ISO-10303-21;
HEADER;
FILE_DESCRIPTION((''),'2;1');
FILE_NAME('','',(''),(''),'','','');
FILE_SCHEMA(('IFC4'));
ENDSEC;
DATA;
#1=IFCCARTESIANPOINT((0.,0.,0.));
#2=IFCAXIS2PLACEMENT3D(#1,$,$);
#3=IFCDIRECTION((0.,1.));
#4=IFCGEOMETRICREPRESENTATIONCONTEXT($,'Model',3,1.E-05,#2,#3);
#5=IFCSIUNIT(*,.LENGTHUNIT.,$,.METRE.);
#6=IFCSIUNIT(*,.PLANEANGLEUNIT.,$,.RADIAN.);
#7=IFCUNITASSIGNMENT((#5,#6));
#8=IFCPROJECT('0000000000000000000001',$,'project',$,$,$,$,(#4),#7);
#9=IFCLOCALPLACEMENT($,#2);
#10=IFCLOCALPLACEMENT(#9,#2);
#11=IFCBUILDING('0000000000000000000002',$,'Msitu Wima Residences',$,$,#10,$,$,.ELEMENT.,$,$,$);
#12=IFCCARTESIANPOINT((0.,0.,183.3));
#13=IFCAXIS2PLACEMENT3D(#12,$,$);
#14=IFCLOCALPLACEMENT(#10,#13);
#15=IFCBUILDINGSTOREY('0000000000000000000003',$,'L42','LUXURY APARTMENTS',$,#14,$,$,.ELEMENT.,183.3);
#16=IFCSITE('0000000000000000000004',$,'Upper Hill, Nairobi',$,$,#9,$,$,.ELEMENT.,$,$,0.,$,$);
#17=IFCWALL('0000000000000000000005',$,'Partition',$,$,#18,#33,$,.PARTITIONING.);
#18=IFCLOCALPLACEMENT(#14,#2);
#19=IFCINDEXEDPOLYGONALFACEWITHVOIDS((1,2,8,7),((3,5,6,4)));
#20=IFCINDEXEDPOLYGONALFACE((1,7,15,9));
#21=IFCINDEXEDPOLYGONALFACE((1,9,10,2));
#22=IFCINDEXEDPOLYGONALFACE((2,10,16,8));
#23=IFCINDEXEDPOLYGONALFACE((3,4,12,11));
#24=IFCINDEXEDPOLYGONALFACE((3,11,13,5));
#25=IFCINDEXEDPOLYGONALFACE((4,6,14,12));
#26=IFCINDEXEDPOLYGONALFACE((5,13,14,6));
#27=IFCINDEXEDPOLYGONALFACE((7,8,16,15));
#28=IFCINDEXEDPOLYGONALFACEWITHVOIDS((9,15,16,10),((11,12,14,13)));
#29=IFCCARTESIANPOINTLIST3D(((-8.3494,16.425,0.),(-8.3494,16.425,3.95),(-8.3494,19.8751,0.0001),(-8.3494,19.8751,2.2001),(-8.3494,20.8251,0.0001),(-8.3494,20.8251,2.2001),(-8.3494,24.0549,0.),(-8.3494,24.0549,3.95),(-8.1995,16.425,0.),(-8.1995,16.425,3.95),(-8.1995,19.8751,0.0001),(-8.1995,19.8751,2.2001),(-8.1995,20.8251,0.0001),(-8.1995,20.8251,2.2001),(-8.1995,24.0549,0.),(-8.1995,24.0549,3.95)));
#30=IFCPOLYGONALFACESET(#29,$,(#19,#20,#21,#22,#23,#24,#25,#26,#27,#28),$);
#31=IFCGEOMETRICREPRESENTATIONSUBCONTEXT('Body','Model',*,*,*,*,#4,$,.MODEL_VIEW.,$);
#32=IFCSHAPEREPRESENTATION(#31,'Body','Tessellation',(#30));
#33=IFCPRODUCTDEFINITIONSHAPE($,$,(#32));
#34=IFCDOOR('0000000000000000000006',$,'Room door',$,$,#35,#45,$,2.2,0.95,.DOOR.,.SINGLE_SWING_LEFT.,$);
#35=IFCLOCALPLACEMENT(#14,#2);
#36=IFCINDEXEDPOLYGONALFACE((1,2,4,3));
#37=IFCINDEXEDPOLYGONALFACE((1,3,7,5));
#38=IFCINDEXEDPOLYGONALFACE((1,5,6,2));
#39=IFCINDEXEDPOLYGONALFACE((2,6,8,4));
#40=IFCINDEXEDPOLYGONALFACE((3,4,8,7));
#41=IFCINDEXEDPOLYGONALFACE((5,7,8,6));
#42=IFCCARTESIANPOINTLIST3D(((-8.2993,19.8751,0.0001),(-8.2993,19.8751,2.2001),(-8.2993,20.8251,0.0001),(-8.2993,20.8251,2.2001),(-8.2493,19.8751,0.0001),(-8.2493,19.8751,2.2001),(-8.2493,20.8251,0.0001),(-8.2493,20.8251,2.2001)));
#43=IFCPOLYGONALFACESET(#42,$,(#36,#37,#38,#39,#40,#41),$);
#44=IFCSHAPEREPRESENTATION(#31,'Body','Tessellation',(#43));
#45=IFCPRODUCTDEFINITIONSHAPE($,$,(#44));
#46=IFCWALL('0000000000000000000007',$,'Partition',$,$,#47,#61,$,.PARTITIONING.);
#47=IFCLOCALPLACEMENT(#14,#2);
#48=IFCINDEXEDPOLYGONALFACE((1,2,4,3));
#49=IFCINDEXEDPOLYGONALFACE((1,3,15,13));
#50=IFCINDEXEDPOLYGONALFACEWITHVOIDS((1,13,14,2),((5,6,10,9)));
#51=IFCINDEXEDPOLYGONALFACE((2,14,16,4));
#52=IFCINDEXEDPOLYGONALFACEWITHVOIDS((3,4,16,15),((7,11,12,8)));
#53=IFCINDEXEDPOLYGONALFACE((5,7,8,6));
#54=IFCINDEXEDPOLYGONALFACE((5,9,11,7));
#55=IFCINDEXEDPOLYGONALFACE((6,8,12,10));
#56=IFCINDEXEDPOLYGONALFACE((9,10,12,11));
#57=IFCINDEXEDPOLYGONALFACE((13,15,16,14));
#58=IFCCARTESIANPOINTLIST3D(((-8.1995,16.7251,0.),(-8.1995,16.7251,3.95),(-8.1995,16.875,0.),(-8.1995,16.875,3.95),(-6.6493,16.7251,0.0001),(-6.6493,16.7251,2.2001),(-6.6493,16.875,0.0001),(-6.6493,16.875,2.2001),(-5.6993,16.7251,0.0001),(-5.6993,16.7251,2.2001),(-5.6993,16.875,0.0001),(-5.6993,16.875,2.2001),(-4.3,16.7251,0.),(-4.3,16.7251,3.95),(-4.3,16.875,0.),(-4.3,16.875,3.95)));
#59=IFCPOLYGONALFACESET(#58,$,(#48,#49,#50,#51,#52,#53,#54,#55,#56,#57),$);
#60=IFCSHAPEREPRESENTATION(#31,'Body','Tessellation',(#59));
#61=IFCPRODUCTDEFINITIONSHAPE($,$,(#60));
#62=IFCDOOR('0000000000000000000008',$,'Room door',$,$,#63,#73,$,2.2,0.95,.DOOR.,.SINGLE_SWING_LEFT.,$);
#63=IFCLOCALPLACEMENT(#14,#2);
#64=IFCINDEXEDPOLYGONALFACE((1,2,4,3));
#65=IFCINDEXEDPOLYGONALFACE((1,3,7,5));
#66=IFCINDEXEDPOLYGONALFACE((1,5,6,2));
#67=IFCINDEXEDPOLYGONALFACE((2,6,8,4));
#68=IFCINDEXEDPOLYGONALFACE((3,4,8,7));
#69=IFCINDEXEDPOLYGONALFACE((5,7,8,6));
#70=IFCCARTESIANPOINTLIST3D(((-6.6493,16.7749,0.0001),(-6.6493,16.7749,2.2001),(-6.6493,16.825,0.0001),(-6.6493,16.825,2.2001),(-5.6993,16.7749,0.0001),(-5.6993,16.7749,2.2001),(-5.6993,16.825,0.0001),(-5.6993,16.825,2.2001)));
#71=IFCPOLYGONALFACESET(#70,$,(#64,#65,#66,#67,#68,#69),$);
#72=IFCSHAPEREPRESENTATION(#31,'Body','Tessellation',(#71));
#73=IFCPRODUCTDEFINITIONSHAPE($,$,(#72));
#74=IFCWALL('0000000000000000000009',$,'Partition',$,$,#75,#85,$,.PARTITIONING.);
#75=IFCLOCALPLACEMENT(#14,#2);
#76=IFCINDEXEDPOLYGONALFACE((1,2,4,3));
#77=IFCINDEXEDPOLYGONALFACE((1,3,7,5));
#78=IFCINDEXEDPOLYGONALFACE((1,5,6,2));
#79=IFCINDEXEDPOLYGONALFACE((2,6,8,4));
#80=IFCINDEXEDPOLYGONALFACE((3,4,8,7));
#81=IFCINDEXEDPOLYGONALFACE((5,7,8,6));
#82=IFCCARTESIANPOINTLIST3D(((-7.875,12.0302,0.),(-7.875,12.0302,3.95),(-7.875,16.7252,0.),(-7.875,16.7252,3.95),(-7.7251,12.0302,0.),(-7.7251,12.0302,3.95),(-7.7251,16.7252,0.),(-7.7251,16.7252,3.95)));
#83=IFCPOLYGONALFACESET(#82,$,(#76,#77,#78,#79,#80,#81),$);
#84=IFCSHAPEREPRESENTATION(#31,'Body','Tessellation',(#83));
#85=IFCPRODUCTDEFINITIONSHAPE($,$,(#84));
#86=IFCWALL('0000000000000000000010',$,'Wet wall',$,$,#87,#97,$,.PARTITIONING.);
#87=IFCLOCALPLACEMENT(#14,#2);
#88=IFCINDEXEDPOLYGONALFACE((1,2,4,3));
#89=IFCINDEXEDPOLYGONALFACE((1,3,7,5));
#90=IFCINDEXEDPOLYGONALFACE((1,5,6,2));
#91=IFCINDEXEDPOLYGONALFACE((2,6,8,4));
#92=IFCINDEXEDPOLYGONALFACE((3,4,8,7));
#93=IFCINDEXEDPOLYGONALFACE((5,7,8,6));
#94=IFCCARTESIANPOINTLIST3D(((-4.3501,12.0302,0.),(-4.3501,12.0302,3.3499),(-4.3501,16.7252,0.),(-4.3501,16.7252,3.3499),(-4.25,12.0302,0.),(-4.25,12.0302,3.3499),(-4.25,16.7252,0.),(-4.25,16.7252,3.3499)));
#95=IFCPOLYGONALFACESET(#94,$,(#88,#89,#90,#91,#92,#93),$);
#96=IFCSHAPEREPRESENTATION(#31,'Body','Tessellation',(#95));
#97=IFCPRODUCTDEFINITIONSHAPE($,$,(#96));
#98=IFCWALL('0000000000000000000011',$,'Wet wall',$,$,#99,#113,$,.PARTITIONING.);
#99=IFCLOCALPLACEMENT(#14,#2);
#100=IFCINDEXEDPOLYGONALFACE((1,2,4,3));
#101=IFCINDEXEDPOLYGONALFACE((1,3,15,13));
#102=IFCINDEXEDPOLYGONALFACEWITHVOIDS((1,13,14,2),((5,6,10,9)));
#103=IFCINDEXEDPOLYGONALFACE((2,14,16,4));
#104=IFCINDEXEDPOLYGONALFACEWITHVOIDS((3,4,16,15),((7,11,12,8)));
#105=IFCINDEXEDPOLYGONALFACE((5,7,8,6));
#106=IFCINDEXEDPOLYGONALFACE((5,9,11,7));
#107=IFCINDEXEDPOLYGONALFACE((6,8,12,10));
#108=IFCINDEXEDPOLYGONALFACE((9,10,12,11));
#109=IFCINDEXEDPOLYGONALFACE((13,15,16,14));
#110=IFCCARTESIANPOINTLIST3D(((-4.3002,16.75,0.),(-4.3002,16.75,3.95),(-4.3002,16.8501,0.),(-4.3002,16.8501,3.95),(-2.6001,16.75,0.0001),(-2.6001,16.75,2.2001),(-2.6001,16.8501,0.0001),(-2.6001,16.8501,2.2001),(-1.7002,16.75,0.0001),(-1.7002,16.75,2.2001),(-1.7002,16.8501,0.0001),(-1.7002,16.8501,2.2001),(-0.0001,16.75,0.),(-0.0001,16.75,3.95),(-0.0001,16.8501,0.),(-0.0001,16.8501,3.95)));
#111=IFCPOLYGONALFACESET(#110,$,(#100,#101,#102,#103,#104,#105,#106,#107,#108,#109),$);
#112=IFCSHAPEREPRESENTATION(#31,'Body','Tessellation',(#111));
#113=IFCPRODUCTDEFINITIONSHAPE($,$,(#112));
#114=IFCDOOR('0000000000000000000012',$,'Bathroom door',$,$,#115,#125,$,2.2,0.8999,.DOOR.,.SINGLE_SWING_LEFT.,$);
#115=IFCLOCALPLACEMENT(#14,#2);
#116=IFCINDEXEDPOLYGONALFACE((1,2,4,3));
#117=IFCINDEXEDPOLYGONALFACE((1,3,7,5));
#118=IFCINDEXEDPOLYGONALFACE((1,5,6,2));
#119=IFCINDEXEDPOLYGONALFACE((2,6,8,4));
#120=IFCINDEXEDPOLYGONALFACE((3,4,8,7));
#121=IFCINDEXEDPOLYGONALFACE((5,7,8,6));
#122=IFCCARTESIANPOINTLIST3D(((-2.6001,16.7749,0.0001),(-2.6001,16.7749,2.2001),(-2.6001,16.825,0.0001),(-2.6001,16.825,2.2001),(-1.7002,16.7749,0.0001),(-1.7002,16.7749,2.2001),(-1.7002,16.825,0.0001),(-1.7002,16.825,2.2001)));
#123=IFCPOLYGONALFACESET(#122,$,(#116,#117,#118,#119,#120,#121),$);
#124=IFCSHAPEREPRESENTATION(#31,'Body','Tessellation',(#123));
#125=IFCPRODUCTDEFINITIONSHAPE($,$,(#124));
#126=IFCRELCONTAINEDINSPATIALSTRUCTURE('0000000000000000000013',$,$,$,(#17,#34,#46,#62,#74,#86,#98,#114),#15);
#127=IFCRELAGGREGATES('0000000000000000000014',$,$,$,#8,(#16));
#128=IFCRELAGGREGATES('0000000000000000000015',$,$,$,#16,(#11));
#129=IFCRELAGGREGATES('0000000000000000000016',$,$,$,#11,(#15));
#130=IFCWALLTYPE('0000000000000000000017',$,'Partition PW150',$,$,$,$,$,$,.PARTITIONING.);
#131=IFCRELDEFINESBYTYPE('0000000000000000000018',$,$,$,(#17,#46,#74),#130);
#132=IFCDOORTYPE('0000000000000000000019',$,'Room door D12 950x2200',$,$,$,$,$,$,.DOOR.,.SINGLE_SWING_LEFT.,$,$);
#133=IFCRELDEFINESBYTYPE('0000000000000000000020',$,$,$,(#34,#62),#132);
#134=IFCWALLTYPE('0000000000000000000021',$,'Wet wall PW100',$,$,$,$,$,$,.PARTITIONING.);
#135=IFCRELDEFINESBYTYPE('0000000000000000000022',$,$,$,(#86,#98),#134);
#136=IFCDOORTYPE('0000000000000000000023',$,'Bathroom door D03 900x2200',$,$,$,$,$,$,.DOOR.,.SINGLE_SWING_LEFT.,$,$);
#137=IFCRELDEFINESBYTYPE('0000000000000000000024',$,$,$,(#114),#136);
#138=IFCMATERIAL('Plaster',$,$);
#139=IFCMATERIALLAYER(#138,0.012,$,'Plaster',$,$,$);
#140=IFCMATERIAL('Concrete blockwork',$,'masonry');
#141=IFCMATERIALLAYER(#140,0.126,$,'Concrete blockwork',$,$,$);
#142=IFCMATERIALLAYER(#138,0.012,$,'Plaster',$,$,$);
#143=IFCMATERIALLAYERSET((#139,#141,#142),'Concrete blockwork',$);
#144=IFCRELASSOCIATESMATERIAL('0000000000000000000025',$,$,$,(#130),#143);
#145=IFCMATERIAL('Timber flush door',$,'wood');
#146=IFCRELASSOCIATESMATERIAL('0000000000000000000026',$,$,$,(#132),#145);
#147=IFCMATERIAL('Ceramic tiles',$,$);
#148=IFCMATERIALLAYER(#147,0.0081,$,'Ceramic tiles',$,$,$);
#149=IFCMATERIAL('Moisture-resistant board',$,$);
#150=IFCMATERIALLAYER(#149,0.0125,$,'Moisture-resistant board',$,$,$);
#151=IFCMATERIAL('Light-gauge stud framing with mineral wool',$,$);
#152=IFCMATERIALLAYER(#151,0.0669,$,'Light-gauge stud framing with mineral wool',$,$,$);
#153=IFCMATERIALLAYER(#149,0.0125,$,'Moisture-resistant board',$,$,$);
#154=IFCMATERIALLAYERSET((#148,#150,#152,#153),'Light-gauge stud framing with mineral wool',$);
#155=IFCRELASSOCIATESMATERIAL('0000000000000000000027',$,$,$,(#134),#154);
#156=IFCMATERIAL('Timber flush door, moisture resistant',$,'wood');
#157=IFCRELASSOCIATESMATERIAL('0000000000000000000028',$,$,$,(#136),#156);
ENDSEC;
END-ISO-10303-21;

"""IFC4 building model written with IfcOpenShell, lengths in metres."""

from ifc_helpers import new_model, si_unit, direction, frame, frame_2d, origin, place, context, subcontext, project, spatial, rectangle, extrude, material, layer, layer_set, type_object, element, fill, save


model = new_model("IFC4")

# Units and contexts
model_context = context("Model", 3, precision=1e-05, world=origin(), true_north=direction((0.0, 1.0)))
body_context = subcontext(model_context, "Body", "Model", "MODEL_VIEW")
ifc_project = project(units=[si_unit("LENGTHUNIT", "METRE"), si_unit("PLANEANGLEUNIT", "RADIAN")], contexts=[model_context])

# Site, building, storey
site_placement = place(None, origin())
site = spatial("IfcSite", under=ifc_project, at=site_placement, Name="Upper Hill, Nairobi", CompositionType="ELEMENT", RefElevation=0.0)
building_placement = place(site_placement, origin())
building = spatial("IfcBuilding", under=site, at=building_placement, Name="Msitu Wima Residences", CompositionType="ELEMENT")
storey_placement = place(building_placement, frame((0.0, 0.0, 183.3)))
storey = spatial("IfcBuildingStorey", under=building, at=storey_placement, Name="L42", Description="LUXURY APARTMENTS", CompositionType="ELEMENT", Elevation=183.3)

# Shared definitions
ifc_material_1 = material(Name="Plaster")
ifc_layer_1 = layer(ifc_material_1, 0.012, Name="Plaster")
ifc_material_2 = material(Name="Concrete blockwork", Category="masonry")
ifc_layer_2 = layer(ifc_material_2, 0.126, Name="Concrete blockwork")
ifc_layer_3 = layer(ifc_material_1, 0.012, Name="Plaster")
ifc_layer_set_1 = layer_set([ifc_layer_1, ifc_layer_2, ifc_layer_3], Name="Concrete blockwork")
wall_type_1 = type_object("IfcWallType", Name="Partition PW150", PredefinedType="PARTITIONING", material=ifc_layer_set_1)

# Shared definitions
ifc_material_3 = material(Name="Timber flush door", Category="wood")
door_type_1 = type_object("IfcDoorType", Name="Room door D12 950x2200", OperationType="SINGLE_SWING_LEFT", PredefinedType="DOOR", material=ifc_material_3)

# Walls, openings, doors
wall_1_placement = place(storey_placement, frame((-8.2744, 16.425, 0.0), z_axis=(0.0, 0.0, 1.0), x_axis=(0.0, 1.0, 0.0)))
wall_1 = element("IfcWall", 1, at=wall_1_placement, inside=storey, type_object=wall_type_1, Name="Partition", PredefinedType="PARTITIONING", context=body_context, shape_type="SweptSolid", body=[
    extrude(rectangle(XDim=7.6299, YDim=0.1499, at=frame_2d((3.8149, 0.0))), origin(), (0.0, 0.0, 1.0), 3.95),
])
opening_1_placement = place(wall_1_placement, frame((3.45, 0.0, 0.0)))
opening_1 = element("IfcOpeningElement", 2, at=opening_1_placement, cuts=wall_1, PredefinedType="OPENING", context=body_context, shape_type="SweptSolid", body=[
    extrude(rectangle(XDim=0.95, YDim=2.2, at=frame_2d((0.4751, 1.1001))), frame((0.0, 0.085, 0.0), z_axis=(0.0, -1.0, 0.0), x_axis=(1.0, 0.0, 0.0)), (0.0, 0.0, 1.0), 0.1699),
])
door_1_placement = place(opening_1_placement, origin())
door_1 = element("IfcDoor", 3, at=door_1_placement, inside=storey, type_object=door_type_1, Name="Room door", OperationType="SINGLE_SWING_LEFT", OverallHeight=2.2, OverallWidth=0.95, PredefinedType="DOOR", context=body_context, shape_type="SweptSolid", body=[
    extrude(rectangle(XDim=0.95, YDim=2.2, at=frame_2d((0.4751, 1.1001))), frame((0.0, 0.0249, 0.0), z_axis=(0.0, -1.0, 0.0), x_axis=(1.0, 0.0, 0.0)), (0.0, 0.0, 1.0), 0.05),
])
fill(opening_1, door_1)
wall_2_placement = place(storey_placement, frame((-8.1995, 16.8, 0.0), z_axis=(0.0, 0.0, 1.0), x_axis=(1.0, 0.0, 0.0)))
wall_2 = element("IfcWall", 4, at=wall_2_placement, inside=storey, type_object=wall_type_1, Name="Partition", PredefinedType="PARTITIONING", context=body_context, shape_type="SweptSolid", body=[
    extrude(rectangle(XDim=3.8994, YDim=0.1499, at=frame_2d((1.9497, 0.0))), origin(), (0.0, 0.0, 1.0), 3.95),
])
opening_2_placement = place(wall_2_placement, frame((1.55, 0.0, 0.0)))
opening_2 = element("IfcOpeningElement", 5, at=opening_2_placement, cuts=wall_2, PredefinedType="OPENING", context=body_context, shape_type="SweptSolid", body=[
    extrude(rectangle(XDim=0.95, YDim=2.2, at=frame_2d((0.4751, 1.1001))), frame((0.0, 0.085, 0.0), z_axis=(0.0, -1.0, 0.0), x_axis=(1.0, 0.0, 0.0)), (0.0, 0.0, 1.0), 0.1699),
])
door_2_placement = place(opening_2_placement, origin())
door_2 = element("IfcDoor", 6, at=door_2_placement, inside=storey, type_object=door_type_1, Name="Room door", OperationType="SINGLE_SWING_LEFT", OverallHeight=2.2, OverallWidth=0.95, PredefinedType="DOOR", context=body_context, shape_type="SweptSolid", body=[
    extrude(rectangle(XDim=0.95, YDim=2.2, at=frame_2d((0.4751, 1.1001))), frame((0.0, 0.0249, 0.0), z_axis=(0.0, -1.0, 0.0), x_axis=(1.0, 0.0, 0.0)), (0.0, 0.0, 1.0), 0.05),
])
fill(opening_2, door_2)

# Walls
wall_3_placement = place(storey_placement, frame((-7.8, 12.03, 0.0), z_axis=(0.0, 0.0, 1.0), x_axis=(0.0, 1.0, 0.0)))
element("IfcWall", 7, at=wall_3_placement, inside=storey, type_object=wall_type_1, Name="Partition", PredefinedType="PARTITIONING", context=body_context, shape_type="SweptSolid", body=[
    extrude(rectangle(XDim=4.6951, YDim=0.1499, at=frame_2d((2.3477, 0.0))), origin(), (0.0, 0.0, 1.0), 3.95),
])
ifc_material_4 = material(Name="Ceramic tiles")
ifc_layer_4 = layer(ifc_material_4, 0.0081, Name="Ceramic tiles")
ifc_material_5 = material(Name="Moisture-resistant board")
ifc_layer_5 = layer(ifc_material_5, 0.0125, Name="Moisture-resistant board")
ifc_material_6 = material(Name="Light-gauge stud framing with mineral wool")
ifc_layer_6 = layer(ifc_material_6, 0.0669, Name="Light-gauge stud framing with mineral wool")
ifc_layer_7 = layer(ifc_material_5, 0.0125, Name="Moisture-resistant board")
ifc_layer_set_2 = layer_set([ifc_layer_4, ifc_layer_5, ifc_layer_6, ifc_layer_7], Name="Light-gauge stud framing with mineral wool")
wall_type_2 = type_object("IfcWallType", Name="Wet wall PW100", PredefinedType="PARTITIONING", material=ifc_layer_set_2)
wall_4_placement = place(storey_placement, frame((-4.3, 12.03, 0.0), z_axis=(0.0, 0.0, 1.0), x_axis=(0.0, 1.0, 0.0)))
element("IfcWall", 8, at=wall_4_placement, inside=storey, type_object=wall_type_2, Name="Wet wall", PredefinedType="PARTITIONING", context=body_context, shape_type="SweptSolid", body=[
    extrude(rectangle(XDim=4.6951, YDim=0.1001, at=frame_2d((2.3477, 0.0))), origin(), (0.0, 0.0, 1.0), 3.3499),
])

# Wall, opening, door
wall_5_placement = place(storey_placement, frame((-4.3, 16.8, 0.0), z_axis=(0.0, 0.0, 1.0), x_axis=(1.0, 0.0, 0.0)))
wall_5 = element("IfcWall", 9, at=wall_5_placement, inside=storey, type_object=wall_type_2, Name="Wet wall", PredefinedType="PARTITIONING", context=body_context, shape_type="SweptSolid", body=[
    extrude(rectangle(XDim=4.3, YDim=0.1001, at=frame_2d((2.1499, 0.0))), origin(), (0.0, 0.0, 1.0), 3.95),
])
opening_3_placement = place(wall_5_placement, frame((1.7, 0.0, 0.0)))
opening_3 = element("IfcOpeningElement", 10, at=opening_3_placement, cuts=wall_5, PredefinedType="OPENING", context=body_context, shape_type="SweptSolid", body=[
    extrude(rectangle(XDim=0.8999, YDim=2.2, at=frame_2d((0.45, 1.1001))), frame((0.0, 0.0601, 0.0), z_axis=(0.0, -1.0, 0.0), x_axis=(1.0, 0.0, 0.0)), (0.0, 0.0, 1.0), 0.1201),
])
ifc_material_7 = material(Name="Timber flush door, moisture resistant", Category="wood")
door_type_2 = type_object("IfcDoorType", Name="Bathroom door D03 900x2200", OperationType="SINGLE_SWING_LEFT", PredefinedType="DOOR", material=ifc_material_7)
door_3_placement = place(opening_3_placement, origin())
door_3 = element("IfcDoor", 11, at=door_3_placement, inside=storey, type_object=door_type_2, Name="Bathroom door", OperationType="SINGLE_SWING_LEFT", OverallHeight=2.2, OverallWidth=0.8999, PredefinedType="DOOR", context=body_context, shape_type="SweptSolid", body=[
    extrude(rectangle(XDim=0.8999, YDim=2.2, at=frame_2d((0.45, 1.1001))), frame((0.0, 0.0249, 0.0), z_axis=(0.0, -1.0, 0.0), x_axis=(1.0, 0.0, 0.0)), (0.0, 0.0, 1.0), 0.05),
])
fill(opening_3, door_3)

save(model, "model.ifc")
